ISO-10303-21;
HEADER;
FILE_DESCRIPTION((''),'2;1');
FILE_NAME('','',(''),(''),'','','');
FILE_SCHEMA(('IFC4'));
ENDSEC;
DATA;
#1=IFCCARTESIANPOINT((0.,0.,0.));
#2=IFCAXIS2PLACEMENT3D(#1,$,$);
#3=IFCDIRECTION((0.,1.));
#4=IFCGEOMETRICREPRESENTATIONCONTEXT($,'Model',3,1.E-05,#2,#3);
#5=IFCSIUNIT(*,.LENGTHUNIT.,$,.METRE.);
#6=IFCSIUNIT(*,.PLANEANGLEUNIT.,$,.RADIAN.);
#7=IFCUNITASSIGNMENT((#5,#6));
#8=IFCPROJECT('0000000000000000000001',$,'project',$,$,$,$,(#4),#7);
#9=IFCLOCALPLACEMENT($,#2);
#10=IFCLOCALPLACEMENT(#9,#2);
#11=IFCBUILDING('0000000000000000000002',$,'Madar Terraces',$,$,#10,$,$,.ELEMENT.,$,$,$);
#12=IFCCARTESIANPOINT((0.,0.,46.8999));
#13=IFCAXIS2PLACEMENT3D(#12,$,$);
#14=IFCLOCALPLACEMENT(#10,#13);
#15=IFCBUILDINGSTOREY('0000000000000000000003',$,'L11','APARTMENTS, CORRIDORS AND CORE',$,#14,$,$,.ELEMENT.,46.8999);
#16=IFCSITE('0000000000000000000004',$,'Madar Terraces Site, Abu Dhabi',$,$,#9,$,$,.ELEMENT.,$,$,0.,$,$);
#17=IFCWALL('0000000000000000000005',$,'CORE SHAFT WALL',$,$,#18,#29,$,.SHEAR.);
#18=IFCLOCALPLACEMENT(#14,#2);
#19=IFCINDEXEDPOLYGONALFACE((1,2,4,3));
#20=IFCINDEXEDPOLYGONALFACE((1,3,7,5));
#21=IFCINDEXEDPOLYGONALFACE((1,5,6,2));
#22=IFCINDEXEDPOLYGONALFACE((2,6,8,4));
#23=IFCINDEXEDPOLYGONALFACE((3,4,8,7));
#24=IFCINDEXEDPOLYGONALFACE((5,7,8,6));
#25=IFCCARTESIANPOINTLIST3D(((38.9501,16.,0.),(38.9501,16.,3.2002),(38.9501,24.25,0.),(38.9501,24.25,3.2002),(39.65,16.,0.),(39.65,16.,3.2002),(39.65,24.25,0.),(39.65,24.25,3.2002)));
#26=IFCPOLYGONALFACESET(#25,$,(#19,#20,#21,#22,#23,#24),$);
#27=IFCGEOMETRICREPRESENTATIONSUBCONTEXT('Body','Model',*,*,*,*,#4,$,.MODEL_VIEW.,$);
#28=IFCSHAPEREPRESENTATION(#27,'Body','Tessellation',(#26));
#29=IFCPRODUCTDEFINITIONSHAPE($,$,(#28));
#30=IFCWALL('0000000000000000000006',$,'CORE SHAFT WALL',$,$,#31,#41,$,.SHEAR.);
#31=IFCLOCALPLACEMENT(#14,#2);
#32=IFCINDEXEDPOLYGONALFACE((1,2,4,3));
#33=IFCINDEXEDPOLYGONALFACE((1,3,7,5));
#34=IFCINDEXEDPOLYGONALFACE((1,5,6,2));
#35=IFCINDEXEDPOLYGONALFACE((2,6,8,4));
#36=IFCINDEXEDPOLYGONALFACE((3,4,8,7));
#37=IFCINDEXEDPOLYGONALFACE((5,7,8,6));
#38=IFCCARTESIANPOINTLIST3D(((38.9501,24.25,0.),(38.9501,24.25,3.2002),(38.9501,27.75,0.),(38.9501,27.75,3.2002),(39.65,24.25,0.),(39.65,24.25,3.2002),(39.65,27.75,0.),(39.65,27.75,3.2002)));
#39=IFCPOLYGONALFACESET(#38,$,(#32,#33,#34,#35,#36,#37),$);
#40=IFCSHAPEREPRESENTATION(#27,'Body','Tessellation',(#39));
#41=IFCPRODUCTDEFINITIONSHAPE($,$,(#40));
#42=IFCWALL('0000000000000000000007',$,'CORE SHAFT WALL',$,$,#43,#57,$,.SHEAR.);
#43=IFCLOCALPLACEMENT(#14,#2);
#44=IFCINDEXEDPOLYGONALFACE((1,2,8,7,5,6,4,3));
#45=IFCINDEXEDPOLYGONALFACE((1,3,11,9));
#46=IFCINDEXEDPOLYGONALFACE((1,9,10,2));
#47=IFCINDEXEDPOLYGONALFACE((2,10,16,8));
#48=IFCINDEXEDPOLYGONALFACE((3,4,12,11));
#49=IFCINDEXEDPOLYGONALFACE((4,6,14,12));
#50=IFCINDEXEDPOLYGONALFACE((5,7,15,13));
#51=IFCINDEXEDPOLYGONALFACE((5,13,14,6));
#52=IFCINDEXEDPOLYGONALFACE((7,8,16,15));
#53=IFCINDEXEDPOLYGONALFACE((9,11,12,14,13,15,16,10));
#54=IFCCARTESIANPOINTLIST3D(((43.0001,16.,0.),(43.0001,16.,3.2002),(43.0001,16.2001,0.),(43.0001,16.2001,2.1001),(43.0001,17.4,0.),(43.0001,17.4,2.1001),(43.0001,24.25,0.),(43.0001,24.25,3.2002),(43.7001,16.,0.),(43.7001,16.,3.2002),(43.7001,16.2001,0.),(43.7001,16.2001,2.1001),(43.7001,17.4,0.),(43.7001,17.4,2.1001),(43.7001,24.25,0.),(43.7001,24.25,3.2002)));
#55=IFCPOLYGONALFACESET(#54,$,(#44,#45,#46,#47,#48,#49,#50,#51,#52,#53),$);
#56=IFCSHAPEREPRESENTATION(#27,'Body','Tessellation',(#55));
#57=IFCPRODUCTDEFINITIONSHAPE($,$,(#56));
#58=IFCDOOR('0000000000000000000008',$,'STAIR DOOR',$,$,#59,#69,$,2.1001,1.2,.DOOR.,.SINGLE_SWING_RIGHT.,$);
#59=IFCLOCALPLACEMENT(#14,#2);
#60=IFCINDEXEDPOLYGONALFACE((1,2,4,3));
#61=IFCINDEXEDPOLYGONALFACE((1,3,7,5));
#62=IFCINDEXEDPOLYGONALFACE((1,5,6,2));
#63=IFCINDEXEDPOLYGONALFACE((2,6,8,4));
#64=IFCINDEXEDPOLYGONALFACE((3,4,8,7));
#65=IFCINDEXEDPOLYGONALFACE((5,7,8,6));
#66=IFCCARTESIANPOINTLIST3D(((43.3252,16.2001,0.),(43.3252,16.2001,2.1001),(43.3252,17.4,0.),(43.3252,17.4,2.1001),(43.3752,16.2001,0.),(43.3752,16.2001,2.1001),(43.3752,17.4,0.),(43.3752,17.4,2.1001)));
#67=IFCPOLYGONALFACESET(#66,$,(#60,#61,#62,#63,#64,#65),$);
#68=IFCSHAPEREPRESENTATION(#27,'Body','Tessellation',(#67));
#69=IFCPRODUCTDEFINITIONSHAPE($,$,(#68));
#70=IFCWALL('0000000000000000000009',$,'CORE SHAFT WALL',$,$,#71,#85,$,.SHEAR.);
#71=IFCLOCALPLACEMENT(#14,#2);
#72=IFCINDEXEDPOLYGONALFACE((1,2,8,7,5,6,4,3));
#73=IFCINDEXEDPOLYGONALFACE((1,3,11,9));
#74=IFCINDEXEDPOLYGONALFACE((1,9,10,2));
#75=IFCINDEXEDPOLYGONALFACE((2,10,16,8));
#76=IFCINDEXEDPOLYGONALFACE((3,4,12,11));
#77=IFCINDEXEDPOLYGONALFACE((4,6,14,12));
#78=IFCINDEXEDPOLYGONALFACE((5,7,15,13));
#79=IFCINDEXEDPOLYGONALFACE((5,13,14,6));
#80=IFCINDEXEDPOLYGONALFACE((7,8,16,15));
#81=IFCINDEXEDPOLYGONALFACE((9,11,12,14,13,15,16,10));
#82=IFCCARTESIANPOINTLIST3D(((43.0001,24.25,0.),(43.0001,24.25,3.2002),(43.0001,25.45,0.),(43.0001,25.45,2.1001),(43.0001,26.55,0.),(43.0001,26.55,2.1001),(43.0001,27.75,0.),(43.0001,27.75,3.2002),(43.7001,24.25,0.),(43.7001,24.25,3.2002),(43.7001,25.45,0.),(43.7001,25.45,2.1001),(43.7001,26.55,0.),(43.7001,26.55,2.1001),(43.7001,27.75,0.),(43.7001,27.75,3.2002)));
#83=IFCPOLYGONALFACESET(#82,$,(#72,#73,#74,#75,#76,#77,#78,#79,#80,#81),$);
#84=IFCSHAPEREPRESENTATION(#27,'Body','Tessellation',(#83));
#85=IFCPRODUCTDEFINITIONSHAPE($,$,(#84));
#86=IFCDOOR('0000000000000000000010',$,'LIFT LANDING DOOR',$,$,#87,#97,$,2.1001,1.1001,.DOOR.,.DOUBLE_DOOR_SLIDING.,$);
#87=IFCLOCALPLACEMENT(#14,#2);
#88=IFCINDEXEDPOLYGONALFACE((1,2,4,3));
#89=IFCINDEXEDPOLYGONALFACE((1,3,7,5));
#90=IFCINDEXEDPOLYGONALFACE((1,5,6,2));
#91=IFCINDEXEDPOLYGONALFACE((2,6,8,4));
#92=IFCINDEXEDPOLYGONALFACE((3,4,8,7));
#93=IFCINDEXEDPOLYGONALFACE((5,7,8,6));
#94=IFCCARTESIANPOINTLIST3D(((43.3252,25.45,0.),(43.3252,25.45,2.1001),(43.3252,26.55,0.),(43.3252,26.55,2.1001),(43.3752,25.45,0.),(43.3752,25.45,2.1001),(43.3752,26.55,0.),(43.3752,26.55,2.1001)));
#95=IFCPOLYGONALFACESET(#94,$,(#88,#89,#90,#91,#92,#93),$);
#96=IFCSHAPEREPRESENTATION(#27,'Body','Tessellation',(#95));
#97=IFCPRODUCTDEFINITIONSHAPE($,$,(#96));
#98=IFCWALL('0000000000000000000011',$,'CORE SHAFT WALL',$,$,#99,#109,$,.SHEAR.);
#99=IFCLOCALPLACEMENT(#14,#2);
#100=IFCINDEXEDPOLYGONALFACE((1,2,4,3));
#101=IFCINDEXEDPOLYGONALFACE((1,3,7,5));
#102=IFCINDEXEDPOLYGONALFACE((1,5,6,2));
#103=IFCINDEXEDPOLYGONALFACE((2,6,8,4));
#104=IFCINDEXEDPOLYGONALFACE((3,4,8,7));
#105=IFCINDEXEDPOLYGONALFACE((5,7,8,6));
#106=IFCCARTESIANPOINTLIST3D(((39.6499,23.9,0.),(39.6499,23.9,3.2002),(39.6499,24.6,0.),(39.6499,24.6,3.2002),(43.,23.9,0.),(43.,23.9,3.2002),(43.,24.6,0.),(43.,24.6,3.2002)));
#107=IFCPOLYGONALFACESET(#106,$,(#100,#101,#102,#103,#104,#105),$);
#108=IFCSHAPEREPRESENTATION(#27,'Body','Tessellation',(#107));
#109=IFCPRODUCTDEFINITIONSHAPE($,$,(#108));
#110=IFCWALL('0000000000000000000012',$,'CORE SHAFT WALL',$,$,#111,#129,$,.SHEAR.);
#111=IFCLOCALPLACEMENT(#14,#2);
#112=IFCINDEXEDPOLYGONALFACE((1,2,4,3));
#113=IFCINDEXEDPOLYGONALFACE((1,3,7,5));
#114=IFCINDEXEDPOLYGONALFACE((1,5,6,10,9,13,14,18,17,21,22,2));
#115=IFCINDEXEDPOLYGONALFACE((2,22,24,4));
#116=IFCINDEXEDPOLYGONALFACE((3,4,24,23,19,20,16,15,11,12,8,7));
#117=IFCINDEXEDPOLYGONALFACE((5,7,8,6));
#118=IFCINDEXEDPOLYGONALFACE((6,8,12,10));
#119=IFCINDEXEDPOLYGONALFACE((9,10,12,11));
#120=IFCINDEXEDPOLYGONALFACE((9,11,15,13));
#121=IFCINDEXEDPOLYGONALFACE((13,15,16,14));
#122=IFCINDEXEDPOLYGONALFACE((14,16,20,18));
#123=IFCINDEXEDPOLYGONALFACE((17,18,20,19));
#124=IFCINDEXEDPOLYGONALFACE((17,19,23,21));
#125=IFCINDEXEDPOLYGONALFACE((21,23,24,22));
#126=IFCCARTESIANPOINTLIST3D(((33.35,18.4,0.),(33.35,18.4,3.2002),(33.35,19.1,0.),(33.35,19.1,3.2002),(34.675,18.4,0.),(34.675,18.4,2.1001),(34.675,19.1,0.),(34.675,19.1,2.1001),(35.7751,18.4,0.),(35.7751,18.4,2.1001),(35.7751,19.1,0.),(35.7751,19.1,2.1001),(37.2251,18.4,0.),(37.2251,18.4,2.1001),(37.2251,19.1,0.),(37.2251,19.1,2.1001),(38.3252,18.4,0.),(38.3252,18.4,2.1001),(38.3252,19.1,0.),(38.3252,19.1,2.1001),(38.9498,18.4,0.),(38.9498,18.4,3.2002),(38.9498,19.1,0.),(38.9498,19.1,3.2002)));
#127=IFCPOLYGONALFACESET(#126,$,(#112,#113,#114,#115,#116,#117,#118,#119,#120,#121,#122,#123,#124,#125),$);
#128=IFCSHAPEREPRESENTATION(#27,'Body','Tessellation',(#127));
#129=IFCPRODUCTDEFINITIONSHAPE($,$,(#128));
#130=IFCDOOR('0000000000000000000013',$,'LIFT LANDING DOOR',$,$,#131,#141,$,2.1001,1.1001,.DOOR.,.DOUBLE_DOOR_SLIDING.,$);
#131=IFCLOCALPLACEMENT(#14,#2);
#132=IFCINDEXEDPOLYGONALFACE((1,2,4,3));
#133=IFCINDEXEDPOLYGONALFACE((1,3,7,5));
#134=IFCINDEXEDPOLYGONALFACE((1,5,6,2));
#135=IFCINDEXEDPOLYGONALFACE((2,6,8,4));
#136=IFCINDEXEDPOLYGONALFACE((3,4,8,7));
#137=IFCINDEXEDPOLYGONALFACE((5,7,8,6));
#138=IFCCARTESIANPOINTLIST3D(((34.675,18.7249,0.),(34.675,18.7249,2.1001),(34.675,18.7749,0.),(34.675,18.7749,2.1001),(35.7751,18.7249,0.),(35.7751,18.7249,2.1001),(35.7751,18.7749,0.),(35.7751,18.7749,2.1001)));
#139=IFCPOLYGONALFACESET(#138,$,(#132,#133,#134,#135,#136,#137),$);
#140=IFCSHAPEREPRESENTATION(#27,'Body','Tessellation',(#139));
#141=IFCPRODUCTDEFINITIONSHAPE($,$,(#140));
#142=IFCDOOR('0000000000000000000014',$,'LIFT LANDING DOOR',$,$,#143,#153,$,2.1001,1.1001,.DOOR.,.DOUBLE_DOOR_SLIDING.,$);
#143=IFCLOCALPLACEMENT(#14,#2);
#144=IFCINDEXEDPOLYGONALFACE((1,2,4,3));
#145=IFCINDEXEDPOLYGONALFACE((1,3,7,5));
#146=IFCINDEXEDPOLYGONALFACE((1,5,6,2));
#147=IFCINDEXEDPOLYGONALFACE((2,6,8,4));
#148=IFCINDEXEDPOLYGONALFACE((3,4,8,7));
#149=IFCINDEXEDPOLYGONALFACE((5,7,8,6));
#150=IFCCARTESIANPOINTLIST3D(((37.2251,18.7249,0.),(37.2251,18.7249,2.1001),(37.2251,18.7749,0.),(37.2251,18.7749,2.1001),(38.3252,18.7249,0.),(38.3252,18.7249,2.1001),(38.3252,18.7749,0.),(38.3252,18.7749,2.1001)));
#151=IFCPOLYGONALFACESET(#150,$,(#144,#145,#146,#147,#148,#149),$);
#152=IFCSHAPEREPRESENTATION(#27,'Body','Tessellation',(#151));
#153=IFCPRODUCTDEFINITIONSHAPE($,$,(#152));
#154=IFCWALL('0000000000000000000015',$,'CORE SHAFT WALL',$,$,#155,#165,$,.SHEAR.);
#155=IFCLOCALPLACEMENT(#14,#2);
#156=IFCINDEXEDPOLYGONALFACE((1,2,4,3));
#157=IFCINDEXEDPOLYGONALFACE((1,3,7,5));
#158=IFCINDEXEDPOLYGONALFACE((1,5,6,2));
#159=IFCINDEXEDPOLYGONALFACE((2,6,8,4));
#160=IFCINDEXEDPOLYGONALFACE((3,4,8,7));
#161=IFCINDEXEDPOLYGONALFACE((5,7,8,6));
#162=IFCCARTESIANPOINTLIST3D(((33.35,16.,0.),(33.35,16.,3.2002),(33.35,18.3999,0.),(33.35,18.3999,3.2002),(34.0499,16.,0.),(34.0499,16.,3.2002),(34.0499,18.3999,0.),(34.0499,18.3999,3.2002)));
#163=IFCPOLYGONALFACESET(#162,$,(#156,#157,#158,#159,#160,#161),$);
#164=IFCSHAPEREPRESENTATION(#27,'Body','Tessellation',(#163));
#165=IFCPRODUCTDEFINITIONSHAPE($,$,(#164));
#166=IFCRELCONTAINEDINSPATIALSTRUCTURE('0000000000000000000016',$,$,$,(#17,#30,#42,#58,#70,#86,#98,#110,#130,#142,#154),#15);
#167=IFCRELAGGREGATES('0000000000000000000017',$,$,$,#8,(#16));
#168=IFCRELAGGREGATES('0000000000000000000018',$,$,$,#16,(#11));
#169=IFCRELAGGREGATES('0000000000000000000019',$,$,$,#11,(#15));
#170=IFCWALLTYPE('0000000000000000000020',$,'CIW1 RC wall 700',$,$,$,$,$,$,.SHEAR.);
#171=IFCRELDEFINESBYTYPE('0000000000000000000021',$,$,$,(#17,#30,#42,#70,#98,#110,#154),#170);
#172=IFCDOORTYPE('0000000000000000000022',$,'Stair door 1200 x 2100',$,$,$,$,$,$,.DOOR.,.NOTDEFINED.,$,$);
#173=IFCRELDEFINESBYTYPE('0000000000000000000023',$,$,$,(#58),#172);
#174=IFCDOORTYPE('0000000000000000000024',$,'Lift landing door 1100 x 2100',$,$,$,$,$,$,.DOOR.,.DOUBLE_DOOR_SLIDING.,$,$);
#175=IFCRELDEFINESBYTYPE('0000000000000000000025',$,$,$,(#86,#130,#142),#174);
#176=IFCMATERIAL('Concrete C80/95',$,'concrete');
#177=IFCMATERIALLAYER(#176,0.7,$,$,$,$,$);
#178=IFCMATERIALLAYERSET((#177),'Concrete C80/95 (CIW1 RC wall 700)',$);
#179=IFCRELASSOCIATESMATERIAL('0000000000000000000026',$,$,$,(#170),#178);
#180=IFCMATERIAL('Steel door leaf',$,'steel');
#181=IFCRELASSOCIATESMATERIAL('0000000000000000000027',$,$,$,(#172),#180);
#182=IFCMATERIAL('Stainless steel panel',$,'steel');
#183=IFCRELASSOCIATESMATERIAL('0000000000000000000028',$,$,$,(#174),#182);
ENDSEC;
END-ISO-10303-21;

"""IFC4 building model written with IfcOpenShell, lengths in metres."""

from ifc_helpers import new_model, si_unit, direction, frame, frame_2d, origin, place, context, subcontext, project, spatial, rectangle, extrude, material, layer, layer_set, type_object, element, fill, save


model = new_model("IFC4")

# Units and contexts
model_context = context("Model", 3, precision=1e-05, world=origin(), true_north=direction((0.0, 1.0)))
body_context = subcontext(model_context, "Body", "Model", "MODEL_VIEW")
ifc_project = project(units=[si_unit("LENGTHUNIT", "METRE"), si_unit("PLANEANGLEUNIT", "RADIAN")], contexts=[model_context])

# Site, building, storey
site_placement = place(None, origin())
site = spatial("IfcSite", under=ifc_project, at=site_placement, Name="Madar Terraces Site, Abu Dhabi", CompositionType="ELEMENT", RefElevation=0.0)
building_placement = place(site_placement, origin())
building = spatial("IfcBuilding", under=site, at=building_placement, Name="Madar Terraces", CompositionType="ELEMENT")
storey_placement = place(building_placement, frame((0.0, 0.0, 46.8999)))
storey = spatial("IfcBuildingStorey", under=building, at=storey_placement, Name="L11", Description="APARTMENTS, CORRIDORS AND CORE", CompositionType="ELEMENT", Elevation=46.8999)

# Walls
ifc_material_1 = material(Name="Concrete C80/95", Category="concrete")
ifc_layer_1 = layer(ifc_material_1, 0.7)
ifc_layer_set_1 = layer_set([ifc_layer_1], Name="Concrete C80/95 (CIW1 RC wall 700)")
wall_type_1 = type_object("IfcWallType", Name="CIW1 RC wall 700", PredefinedType="SHEAR", material=ifc_layer_set_1)
wall_1_placement = place(storey_placement, frame((39.3, 16.0, 0.0), z_axis=(0.0, 0.0, 1.0), x_axis=(0.0, 1.0, 0.0)))
element("IfcWall", 1, at=wall_1_placement, inside=storey, type_object=wall_type_1, Name="CORE SHAFT WALL", PredefinedType="SHEAR", context=body_context, shape_type="SweptSolid", body=[
    extrude(rectangle(XDim=8.25, YDim=0.7, at=frame_2d((4.125, 0.0))), origin(), (0.0, 0.0, 1.0), 3.2002),
])
wall_2_placement = place(storey_placement, frame((39.3, 24.25, 0.0), z_axis=(0.0, 0.0, 1.0), x_axis=(0.0, 1.0, 0.0)))
element("IfcWall", 2, at=wall_2_placement, inside=storey, type_object=wall_type_1, Name="CORE SHAFT WALL", PredefinedType="SHEAR", context=body_context, shape_type="SweptSolid", body=[
    extrude(rectangle(XDim=3.5, YDim=0.7, at=frame_2d((1.75, 0.0))), origin(), (0.0, 0.0, 1.0), 3.2002),
])

# Walls, openings, doors
wall_3_placement = place(storey_placement, frame((43.3501, 16.0, 0.0), z_axis=(0.0, 0.0, 1.0), x_axis=(0.0, 1.0, 0.0)))
wall_3 = element("IfcWall", 3, at=wall_3_placement, inside=storey, type_object=wall_type_1, Name="CORE SHAFT WALL", PredefinedType="SHEAR", context=body_context, shape_type="SweptSolid", body=[
    extrude(rectangle(XDim=8.25, YDim=0.7, at=frame_2d((4.125, 0.0))), origin(), (0.0, 0.0, 1.0), 3.2002),
])
opening_1_placement = place(wall_3_placement, frame((0.2, 0.0, 0.0)))
opening_1 = element("IfcOpeningElement", 4, at=opening_1_placement, cuts=wall_3, PredefinedType="OPENING", context=body_context, shape_type="SweptSolid", body=[
    extrude(rectangle(XDim=1.2, YDim=2.1001, at=frame_2d((0.6001, 1.05))), frame((0.0, 0.3599, 0.0), z_axis=(0.0, -1.0, 0.0), x_axis=(1.0, 0.0, 0.0)), (0.0, 0.0, 1.0), 0.72),
])
ifc_material_2 = material(Name="Steel door leaf", Category="steel")
door_type_1 = type_object("IfcDoorType", Name="Stair door 1200 x 2100", OperationType="NOTDEFINED", PredefinedType="DOOR", material=ifc_material_2)
door_1_placement = place(opening_1_placement, origin())
door_1 = element("IfcDoor", 5, at=door_1_placement, inside=storey, type_object=door_type_1, Name="STAIR DOOR", OperationType="SINGLE_SWING_RIGHT", OverallHeight=2.1001, OverallWidth=1.2, PredefinedType="DOOR", context=body_context, shape_type="SweptSolid", body=[
    extrude(rectangle(XDim=1.2, YDim=2.1001, at=frame_2d((0.6001, 1.05))), frame((0.0, 0.0249, 0.0), z_axis=(0.0, -1.0, 0.0), x_axis=(1.0, 0.0, 0.0)), (0.0, 0.0, 1.0), 0.05),
])
fill(opening_1, door_1)
wall_4_placement = place(storey_placement, frame((43.3501, 24.25, 0.0), z_axis=(0.0, 0.0, 1.0), x_axis=(0.0, 1.0, 0.0)))
wall_4 = element("IfcWall", 6, at=wall_4_placement, inside=storey, type_object=wall_type_1, Name="CORE SHAFT WALL", PredefinedType="SHEAR", context=body_context, shape_type="SweptSolid", body=[
    extrude(rectangle(XDim=3.5, YDim=0.7, at=frame_2d((1.75, 0.0))), origin(), (0.0, 0.0, 1.0), 3.2002),
])
opening_2_placement = place(wall_4_placement, frame((1.2, 0.0, 0.0)))
opening_2 = element("IfcOpeningElement", 7, at=opening_2_placement, cuts=wall_4, PredefinedType="OPENING", context=body_context, shape_type="SweptSolid", body=[
    extrude(rectangle(XDim=1.1001, YDim=2.1001, at=frame_2d((0.55, 1.05))), frame((0.0, 0.3599, 0.0), z_axis=(0.0, -1.0, 0.0), x_axis=(1.0, 0.0, 0.0)), (0.0, 0.0, 1.0), 0.72),
])
ifc_material_3 = material(Name="Stainless steel panel", Category="steel")
door_type_2 = type_object("IfcDoorType", Name="Lift landing door 1100 x 2100", OperationType="DOUBLE_DOOR_SLIDING", PredefinedType="DOOR", material=ifc_material_3)
door_2_placement = place(opening_2_placement, origin())
door_2 = element("IfcDoor", 8, at=door_2_placement, inside=storey, type_object=door_type_2, Name="LIFT LANDING DOOR", OperationType="DOUBLE_DOOR_SLIDING", OverallHeight=2.1001, OverallWidth=1.1001, PredefinedType="DOOR", context=body_context, shape_type="SweptSolid", body=[
    extrude(rectangle(XDim=1.1001, YDim=2.1001, at=frame_2d((0.55, 1.05))), frame((0.0, 0.0249, 0.0), z_axis=(0.0, -1.0, 0.0), x_axis=(1.0, 0.0, 0.0)), (0.0, 0.0, 1.0), 0.05),
])
fill(opening_2, door_2)

# Wall
wall_5_placement = place(storey_placement, frame((39.6499, 24.25, 0.0), z_axis=(0.0, 0.0, 1.0), x_axis=(1.0, 0.0, 0.0)))
element("IfcWall", 9, at=wall_5_placement, inside=storey, type_object=wall_type_1, Name="CORE SHAFT WALL", PredefinedType="SHEAR", context=body_context, shape_type="SweptSolid", body=[
    extrude(rectangle(XDim=3.3501, YDim=0.7, at=frame_2d((1.675, 0.0))), origin(), (0.0, 0.0, 1.0), 3.2002),
])

# Wall, openings, doors
wall_6_placement = place(storey_placement, frame((33.3501, 18.75, 0.0), z_axis=(0.0, 0.0, 1.0), x_axis=(1.0, 0.0, 0.0)))
wall_6 = element("IfcWall", 10, at=wall_6_placement, inside=storey, type_object=wall_type_1, Name="CORE SHAFT WALL", PredefinedType="SHEAR", context=body_context, shape_type="SweptSolid", body=[
    extrude(rectangle(XDim=5.5999, YDim=0.7, at=frame_2d((2.7998, 0.0))), origin(), (0.0, 0.0, 1.0), 3.2002),
])
opening_3_placement = place(wall_6_placement, frame((1.325, 0.0, 0.0)))
opening_3 = element("IfcOpeningElement", 11, at=opening_3_placement, cuts=wall_6, PredefinedType="OPENING", context=body_context, shape_type="SweptSolid", body=[
    extrude(rectangle(XDim=1.1001, YDim=2.1001, at=frame_2d((0.55, 1.05))), frame((0.0, 0.3599, 0.0), z_axis=(0.0, -1.0, 0.0), x_axis=(1.0, 0.0, 0.0)), (0.0, 0.0, 1.0), 0.72),
])
opening_4_placement = place(wall_6_placement, frame((3.875, 0.0, 0.0)))
opening_4 = element("IfcOpeningElement", 12, at=opening_4_placement, cuts=wall_6, PredefinedType="OPENING", context=body_context, shape_type="SweptSolid", body=[
    extrude(rectangle(XDim=1.1001, YDim=2.1001, at=frame_2d((0.55, 1.05))), frame((0.0, 0.3599, 0.0), z_axis=(0.0, -1.0, 0.0), x_axis=(1.0, 0.0, 0.0)), (0.0, 0.0, 1.0), 0.72),
])
door_3_placement = place(opening_3_placement, origin())
door_3 = element("IfcDoor", 13, at=door_3_placement, inside=storey, type_object=door_type_2, Name="LIFT LANDING DOOR", OperationType="DOUBLE_DOOR_SLIDING", OverallHeight=2.1001, OverallWidth=1.1001, PredefinedType="DOOR", context=body_context, shape_type="SweptSolid", body=[
    extrude(rectangle(XDim=1.1001, YDim=2.1001, at=frame_2d((0.55, 1.05))), frame((0.0, 0.0249, 0.0), z_axis=(0.0, -1.0, 0.0), x_axis=(1.0, 0.0, 0.0)), (0.0, 0.0, 1.0), 0.05),
])
fill(opening_3, door_3)
door_4_placement = place(opening_4_placement, origin())
door_4 = element("IfcDoor", 14, at=door_4_placement, inside=storey, type_object=door_type_2, Name="LIFT LANDING DOOR", OperationType="DOUBLE_DOOR_SLIDING", OverallHeight=2.1001, OverallWidth=1.1001, PredefinedType="DOOR", context=body_context, shape_type="SweptSolid", body=[
    extrude(rectangle(XDim=1.1001, YDim=2.1001, at=frame_2d((0.55, 1.05))), frame((0.0, 0.0249, 0.0), z_axis=(0.0, -1.0, 0.0), x_axis=(1.0, 0.0, 0.0)), (0.0, 0.0, 1.0), 0.05),
])
fill(opening_4, door_4)

# Wall
wall_7_placement = place(storey_placement, frame((33.7, 16.0, 0.0), z_axis=(0.0, 0.0, 1.0), x_axis=(0.0, 1.0, 0.0)))
element("IfcWall", 15, at=wall_7_placement, inside=storey, type_object=wall_type_1, Name="CORE SHAFT WALL", PredefinedType="SHEAR", context=body_context, shape_type="SweptSolid", body=[
    extrude(rectangle(XDim=2.3999, YDim=0.7, at=frame_2d((1.2, 0.0))), origin(), (0.0, 0.0, 1.0), 3.2002),
])

save(model, "model.ifc")
